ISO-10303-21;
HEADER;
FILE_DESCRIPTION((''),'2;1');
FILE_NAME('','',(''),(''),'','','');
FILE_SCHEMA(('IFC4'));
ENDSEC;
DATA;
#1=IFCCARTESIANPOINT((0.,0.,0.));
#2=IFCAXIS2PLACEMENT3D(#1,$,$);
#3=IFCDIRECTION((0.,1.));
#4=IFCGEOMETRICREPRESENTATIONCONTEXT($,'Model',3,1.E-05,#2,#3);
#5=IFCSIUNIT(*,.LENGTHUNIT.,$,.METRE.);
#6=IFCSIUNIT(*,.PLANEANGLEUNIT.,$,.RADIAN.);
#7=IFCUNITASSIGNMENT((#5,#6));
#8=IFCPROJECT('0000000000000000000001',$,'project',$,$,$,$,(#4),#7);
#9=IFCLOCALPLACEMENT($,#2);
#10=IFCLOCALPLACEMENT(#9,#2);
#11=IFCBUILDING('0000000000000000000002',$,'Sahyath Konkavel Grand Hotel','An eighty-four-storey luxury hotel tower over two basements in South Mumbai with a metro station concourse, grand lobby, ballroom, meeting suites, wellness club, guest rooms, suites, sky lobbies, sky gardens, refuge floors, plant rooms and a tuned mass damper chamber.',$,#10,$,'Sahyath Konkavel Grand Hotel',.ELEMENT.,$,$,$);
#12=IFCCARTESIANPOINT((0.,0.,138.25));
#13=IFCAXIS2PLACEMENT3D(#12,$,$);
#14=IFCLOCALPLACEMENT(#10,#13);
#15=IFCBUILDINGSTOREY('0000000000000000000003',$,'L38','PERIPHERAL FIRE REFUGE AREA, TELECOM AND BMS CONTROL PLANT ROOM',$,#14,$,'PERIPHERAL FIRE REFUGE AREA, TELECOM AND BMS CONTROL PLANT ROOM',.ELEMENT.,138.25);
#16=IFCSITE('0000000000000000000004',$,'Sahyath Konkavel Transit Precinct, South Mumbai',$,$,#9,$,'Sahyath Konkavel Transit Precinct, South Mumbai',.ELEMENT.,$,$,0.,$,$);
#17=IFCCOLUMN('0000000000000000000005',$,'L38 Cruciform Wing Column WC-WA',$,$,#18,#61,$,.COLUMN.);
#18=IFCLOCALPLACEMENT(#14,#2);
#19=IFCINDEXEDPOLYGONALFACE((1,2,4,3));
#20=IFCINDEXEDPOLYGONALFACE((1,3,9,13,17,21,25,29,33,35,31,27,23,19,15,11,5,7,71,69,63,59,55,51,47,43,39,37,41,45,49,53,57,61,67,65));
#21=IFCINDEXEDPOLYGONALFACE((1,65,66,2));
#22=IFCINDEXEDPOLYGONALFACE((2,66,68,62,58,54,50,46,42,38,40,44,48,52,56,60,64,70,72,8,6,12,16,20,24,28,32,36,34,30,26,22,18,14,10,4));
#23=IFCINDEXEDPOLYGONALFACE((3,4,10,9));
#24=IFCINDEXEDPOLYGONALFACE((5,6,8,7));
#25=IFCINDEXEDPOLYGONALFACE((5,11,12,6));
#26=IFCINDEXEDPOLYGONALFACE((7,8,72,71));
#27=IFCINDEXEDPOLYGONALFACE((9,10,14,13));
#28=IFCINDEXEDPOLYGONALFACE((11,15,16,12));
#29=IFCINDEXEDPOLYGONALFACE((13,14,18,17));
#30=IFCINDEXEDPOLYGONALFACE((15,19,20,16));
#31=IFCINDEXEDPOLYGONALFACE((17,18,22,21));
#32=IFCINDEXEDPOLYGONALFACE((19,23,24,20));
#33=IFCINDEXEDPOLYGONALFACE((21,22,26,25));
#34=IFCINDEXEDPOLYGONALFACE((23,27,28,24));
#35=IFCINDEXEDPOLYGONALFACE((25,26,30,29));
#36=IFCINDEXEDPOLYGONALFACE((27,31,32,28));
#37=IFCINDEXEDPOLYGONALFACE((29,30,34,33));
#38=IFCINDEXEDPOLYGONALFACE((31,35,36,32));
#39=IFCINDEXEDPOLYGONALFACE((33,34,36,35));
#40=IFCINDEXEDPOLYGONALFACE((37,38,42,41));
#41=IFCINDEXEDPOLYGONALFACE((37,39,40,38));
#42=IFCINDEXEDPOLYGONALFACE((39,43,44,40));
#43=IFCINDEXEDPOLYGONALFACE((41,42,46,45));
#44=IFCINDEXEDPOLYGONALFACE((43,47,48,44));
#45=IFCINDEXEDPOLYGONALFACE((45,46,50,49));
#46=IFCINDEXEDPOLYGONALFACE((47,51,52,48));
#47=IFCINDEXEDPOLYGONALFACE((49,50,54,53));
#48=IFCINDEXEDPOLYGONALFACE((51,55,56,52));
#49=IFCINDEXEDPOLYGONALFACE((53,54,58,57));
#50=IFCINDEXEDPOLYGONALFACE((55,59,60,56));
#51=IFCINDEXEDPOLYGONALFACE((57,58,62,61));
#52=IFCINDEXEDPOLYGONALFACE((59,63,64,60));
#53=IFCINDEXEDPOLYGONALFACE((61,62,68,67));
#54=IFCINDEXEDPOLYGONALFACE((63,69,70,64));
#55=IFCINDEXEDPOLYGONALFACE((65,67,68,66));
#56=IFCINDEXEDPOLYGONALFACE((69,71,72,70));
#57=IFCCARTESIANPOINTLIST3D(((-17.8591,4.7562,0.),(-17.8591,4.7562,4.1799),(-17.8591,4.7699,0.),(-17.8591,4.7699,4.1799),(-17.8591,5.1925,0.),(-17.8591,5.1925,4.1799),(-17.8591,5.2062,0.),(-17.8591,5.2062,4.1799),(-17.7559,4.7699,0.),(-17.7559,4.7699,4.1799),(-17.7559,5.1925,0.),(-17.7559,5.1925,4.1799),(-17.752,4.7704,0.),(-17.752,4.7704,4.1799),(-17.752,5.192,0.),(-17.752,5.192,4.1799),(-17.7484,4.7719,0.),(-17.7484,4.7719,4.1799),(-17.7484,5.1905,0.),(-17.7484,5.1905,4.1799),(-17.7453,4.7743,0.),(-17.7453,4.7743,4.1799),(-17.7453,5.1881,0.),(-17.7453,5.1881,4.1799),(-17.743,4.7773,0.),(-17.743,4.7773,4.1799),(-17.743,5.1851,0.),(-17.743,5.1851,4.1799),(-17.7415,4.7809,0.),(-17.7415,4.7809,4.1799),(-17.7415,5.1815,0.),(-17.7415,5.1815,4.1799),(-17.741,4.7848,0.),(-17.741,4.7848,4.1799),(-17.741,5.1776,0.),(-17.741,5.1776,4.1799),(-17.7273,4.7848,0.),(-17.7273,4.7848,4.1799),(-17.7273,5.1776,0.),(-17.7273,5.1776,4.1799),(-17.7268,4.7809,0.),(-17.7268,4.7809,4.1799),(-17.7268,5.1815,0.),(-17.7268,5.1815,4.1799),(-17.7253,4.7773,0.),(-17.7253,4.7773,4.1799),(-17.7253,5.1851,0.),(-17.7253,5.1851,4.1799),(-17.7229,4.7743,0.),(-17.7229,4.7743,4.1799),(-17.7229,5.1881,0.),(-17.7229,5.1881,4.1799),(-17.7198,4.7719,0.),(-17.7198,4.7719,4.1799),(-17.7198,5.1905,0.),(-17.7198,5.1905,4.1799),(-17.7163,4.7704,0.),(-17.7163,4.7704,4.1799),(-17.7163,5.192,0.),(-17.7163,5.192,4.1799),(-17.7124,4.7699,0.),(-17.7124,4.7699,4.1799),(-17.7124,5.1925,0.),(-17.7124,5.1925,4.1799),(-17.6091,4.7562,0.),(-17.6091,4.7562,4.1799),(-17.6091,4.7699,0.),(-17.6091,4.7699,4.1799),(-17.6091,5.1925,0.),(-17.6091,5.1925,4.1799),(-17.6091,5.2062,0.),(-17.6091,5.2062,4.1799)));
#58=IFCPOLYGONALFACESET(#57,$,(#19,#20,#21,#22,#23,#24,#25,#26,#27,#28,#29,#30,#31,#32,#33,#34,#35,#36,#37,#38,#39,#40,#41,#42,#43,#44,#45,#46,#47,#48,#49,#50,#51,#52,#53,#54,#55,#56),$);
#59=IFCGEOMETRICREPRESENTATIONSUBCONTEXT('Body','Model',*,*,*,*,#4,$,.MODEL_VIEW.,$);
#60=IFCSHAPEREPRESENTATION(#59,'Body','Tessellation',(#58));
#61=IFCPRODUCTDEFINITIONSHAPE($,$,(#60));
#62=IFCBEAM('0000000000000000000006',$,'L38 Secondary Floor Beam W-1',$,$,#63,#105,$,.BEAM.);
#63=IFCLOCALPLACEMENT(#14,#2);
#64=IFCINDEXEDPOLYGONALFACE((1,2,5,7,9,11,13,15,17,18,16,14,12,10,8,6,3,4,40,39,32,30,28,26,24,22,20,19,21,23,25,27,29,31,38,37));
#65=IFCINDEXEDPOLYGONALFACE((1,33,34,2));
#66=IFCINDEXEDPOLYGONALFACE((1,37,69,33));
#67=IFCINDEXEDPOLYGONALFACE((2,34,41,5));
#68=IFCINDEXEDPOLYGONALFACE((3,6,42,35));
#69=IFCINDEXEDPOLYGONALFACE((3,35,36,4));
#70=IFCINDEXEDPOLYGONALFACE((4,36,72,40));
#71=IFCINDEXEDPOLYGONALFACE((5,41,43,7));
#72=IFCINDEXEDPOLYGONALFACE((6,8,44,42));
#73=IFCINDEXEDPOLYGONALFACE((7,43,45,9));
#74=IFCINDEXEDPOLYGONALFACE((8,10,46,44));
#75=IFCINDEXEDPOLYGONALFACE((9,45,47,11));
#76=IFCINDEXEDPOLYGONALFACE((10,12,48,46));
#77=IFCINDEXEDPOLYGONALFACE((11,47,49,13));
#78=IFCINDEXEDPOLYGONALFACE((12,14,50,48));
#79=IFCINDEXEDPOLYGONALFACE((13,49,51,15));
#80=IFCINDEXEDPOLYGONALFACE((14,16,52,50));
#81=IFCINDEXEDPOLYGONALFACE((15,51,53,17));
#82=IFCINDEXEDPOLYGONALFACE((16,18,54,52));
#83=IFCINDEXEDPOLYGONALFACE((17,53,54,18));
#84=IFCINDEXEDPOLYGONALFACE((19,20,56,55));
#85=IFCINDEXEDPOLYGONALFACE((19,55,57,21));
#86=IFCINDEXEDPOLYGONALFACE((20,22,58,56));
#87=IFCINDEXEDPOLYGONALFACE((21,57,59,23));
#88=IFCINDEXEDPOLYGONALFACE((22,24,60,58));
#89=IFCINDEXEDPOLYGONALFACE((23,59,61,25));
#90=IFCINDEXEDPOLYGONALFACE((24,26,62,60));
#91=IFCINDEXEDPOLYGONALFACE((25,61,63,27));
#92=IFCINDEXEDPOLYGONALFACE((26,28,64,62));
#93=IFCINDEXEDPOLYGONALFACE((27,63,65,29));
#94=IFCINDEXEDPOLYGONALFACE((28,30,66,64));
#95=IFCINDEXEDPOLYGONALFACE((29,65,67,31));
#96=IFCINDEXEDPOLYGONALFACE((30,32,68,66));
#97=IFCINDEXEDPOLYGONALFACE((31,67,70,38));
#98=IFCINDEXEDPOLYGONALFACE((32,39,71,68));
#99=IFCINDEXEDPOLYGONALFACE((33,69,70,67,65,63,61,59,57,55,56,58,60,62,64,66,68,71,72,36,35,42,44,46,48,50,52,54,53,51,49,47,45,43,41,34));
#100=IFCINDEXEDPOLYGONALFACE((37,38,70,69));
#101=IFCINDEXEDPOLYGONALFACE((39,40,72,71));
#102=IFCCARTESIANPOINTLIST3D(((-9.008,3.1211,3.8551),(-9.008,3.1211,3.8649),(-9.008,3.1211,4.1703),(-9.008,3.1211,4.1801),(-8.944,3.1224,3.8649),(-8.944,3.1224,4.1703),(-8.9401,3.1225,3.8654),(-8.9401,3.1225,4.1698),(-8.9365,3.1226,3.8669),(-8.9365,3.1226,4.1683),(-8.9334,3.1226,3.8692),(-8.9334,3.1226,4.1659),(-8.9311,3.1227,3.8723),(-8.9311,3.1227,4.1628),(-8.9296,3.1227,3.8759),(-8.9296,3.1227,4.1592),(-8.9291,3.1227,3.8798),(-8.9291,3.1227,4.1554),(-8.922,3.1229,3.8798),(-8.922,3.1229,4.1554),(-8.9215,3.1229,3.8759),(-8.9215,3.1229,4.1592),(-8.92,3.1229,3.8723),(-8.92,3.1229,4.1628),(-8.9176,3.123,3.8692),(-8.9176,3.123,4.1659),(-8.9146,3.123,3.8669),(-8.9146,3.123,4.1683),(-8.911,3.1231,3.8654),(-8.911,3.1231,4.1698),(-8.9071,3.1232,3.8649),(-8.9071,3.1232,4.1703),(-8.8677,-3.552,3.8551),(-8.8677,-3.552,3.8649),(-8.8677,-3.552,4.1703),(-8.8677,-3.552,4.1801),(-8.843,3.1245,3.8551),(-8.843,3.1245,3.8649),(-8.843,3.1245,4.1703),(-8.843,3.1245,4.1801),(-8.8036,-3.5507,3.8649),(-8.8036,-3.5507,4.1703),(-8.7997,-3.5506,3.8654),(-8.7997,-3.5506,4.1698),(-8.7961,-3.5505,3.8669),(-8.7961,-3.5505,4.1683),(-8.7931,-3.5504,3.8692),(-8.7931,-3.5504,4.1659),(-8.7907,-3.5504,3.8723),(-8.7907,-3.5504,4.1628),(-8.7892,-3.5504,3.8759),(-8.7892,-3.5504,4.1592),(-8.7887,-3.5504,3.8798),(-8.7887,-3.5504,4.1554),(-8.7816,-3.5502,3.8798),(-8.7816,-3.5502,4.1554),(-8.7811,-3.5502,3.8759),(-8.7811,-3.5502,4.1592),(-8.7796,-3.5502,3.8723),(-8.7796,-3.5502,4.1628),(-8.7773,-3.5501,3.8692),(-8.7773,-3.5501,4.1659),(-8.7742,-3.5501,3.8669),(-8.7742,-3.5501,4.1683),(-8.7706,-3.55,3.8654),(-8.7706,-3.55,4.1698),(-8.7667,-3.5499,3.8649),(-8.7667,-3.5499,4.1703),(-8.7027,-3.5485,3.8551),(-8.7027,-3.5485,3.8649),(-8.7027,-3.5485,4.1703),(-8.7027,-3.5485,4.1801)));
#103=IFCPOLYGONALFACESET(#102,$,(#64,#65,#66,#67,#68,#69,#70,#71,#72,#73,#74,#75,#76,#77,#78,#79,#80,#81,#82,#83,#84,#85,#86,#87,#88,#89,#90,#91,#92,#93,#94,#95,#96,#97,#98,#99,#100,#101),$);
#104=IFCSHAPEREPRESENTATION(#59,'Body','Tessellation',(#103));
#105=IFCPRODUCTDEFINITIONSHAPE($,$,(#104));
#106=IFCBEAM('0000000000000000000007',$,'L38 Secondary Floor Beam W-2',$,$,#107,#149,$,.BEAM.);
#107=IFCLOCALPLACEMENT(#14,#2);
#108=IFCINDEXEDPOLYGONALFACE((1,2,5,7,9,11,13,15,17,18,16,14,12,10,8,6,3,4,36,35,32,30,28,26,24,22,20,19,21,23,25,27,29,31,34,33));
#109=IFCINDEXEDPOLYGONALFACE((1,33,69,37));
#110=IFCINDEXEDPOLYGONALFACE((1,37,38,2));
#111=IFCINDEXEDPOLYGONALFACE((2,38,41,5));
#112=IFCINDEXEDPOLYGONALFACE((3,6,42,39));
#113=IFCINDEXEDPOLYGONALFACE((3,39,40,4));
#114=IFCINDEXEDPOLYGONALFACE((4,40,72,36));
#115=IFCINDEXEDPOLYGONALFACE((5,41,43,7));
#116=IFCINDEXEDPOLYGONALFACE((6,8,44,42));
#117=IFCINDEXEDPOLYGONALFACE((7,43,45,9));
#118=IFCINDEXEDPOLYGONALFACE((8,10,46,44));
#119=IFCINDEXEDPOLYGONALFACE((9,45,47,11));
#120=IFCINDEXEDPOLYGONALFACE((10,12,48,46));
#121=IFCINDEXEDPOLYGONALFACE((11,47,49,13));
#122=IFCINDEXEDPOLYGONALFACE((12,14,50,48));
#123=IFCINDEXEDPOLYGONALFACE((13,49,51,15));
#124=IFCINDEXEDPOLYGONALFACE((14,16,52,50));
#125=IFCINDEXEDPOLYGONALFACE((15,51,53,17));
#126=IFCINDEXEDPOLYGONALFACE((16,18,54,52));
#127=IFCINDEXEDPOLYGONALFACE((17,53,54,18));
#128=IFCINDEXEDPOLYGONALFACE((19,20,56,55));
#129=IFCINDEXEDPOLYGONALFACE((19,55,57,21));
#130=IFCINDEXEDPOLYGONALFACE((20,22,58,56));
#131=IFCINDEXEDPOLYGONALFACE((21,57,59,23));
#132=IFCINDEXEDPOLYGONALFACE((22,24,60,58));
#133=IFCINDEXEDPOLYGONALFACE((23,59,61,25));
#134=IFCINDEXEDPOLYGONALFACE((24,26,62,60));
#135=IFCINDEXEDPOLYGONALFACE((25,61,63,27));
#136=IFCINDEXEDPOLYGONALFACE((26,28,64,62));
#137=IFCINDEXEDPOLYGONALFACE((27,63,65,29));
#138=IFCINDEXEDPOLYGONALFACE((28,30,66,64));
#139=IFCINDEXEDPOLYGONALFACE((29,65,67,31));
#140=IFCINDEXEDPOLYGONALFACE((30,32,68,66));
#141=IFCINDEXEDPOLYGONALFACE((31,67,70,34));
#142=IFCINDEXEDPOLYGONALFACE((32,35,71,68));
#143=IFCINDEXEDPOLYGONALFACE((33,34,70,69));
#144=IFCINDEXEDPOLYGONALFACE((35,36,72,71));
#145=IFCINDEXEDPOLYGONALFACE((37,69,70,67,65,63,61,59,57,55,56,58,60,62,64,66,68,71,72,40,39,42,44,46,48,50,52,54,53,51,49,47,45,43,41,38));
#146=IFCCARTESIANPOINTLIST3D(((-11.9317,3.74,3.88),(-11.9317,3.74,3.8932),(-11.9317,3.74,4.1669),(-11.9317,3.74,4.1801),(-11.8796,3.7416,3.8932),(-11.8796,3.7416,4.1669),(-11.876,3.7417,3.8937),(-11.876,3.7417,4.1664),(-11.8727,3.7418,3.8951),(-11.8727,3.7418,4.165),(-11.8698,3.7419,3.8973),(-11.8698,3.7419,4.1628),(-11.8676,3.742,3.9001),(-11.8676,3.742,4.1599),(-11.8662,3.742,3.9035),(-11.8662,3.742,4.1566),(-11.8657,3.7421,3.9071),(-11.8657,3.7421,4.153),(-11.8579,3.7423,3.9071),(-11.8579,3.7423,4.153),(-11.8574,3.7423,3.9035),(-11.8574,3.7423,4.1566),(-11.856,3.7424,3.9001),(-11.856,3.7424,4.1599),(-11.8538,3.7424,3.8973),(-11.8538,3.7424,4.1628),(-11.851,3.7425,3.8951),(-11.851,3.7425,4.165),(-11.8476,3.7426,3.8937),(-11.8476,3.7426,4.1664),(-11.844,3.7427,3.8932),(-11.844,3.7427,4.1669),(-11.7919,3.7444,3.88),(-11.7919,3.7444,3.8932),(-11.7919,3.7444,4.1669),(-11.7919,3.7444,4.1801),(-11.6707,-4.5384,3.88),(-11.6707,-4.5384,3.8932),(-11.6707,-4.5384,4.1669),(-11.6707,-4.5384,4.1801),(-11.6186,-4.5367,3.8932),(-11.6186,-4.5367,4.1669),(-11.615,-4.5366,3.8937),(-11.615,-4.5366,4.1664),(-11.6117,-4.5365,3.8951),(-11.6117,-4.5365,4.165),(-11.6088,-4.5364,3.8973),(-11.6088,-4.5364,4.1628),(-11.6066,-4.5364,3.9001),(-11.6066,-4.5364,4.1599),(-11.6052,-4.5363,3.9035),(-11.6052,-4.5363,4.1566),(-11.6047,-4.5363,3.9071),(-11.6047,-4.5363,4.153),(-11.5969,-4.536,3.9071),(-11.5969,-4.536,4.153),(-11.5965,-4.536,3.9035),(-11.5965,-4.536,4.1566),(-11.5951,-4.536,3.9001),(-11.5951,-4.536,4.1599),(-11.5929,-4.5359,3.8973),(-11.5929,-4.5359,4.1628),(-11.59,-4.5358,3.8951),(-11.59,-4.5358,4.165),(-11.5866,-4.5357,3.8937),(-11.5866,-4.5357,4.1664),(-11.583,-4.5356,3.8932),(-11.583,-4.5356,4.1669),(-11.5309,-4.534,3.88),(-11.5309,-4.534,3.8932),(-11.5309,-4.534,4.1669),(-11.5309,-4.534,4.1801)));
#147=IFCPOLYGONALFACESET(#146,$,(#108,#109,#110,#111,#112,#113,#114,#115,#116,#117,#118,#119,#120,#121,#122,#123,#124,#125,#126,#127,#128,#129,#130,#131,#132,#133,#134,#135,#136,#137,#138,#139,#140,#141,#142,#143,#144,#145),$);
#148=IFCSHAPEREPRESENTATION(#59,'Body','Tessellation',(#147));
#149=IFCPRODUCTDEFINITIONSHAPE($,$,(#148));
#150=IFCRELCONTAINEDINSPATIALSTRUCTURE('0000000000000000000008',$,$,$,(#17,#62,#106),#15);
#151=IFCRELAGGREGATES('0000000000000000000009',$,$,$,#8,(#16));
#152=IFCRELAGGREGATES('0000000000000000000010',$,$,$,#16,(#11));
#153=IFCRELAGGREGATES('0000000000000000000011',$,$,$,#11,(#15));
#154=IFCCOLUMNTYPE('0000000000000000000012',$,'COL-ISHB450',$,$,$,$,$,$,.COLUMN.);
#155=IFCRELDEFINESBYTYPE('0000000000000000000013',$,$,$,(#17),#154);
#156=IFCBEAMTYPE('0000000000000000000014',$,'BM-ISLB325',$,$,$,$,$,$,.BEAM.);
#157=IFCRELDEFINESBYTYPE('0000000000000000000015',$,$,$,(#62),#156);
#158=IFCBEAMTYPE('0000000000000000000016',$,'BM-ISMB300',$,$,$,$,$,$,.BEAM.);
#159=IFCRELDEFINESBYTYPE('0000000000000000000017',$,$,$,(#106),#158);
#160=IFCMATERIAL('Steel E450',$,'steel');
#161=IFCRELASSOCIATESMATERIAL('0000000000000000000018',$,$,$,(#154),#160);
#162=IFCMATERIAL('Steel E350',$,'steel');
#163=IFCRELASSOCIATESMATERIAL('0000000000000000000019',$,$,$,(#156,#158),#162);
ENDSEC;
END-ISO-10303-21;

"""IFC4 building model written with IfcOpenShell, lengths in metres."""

from ifc_helpers import new_model, si_unit, direction, frame, origin, origin_2d, place, context, subcontext, project, spatial, i_section, extrude, source, transform, mapped, material, material_profile, profile_set, type_object, element, save


model = new_model("IFC4")

# Units and contexts
model_context = context("Model", 3, precision=1e-05, world=origin(), true_north=direction((0.0, 1.0)))
body_context = subcontext(model_context, "Body", "Model", "MODEL_VIEW")
ifc_project = project(units=[si_unit("LENGTHUNIT", "METRE"), si_unit("PLANEANGLEUNIT", "RADIAN")], contexts=[model_context])

# Site, building, storey
site_placement = place(None, origin())
site = spatial("IfcSite", under=ifc_project, at=site_placement, Name="Sahyath Konkavel Transit Precinct, South Mumbai", LongName="Sahyath Konkavel Transit Precinct, South Mumbai", CompositionType="ELEMENT", RefElevation=0.0)
building_placement = place(site_placement, origin())
building = spatial("IfcBuilding", under=site, at=building_placement, Name="Sahyath Konkavel Grand Hotel", Description="An eighty-four-storey luxury hotel tower over two basements in South Mumbai with a metro station concourse, grand lobby, ballroom, meeting suites, wellness club, guest rooms, suites, sky lobbies, sky gardens, refuge floors, plant rooms and a tuned mass damper chamber.", LongName="Sahyath Konkavel Grand Hotel", CompositionType="ELEMENT")
storey_placement = place(building_placement, frame((0.0, 0.0, 138.25)))
storey = spatial("IfcBuildingStorey", under=building, at=storey_placement, Name="L38", Description="PERIPHERAL FIRE REFUGE AREA, TELECOM AND BMS CONTROL PLANT ROOM", LongName="PERIPHERAL FIRE REFUGE AREA, TELECOM AND BMS CONTROL PLANT ROOM", CompositionType="ELEMENT", Elevation=138.25)

# Column
ifc_material_1 = material(Name="Steel E450", Category="steel")
ifc_material_profile_1 = material_profile(ifc_material_1, i_section(OverallWidth=0.25, OverallDepth=0.45, WebThickness=0.0137, FlangeThickness=0.0137, FilletRadius=0.0149, at=origin_2d()), Name="ISHB 450")
ifc_profile_set_1 = profile_set([ifc_material_profile_1], Name="Steel E450")
column_type = type_object("IfcColumnType", Name="COL-ISHB450", PredefinedType="COLUMN", material=ifc_profile_set_1)
shared_shape_1 = source(origin(), body_context, "Body", "SweptSolid", [
    extrude(i_section(OverallWidth=0.25, OverallDepth=0.45, WebThickness=0.0137, FlangeThickness=0.0137, FilletRadius=0.0149, at=origin_2d()), origin(), (0.0, 0.0, 1.0), 4.1799),
])
column_placement = place(storey_placement, frame((-17.7341, 4.9812, 0.0), z_axis=(0.0, 0.0, 1.0), x_axis=(1.0, 0.0, 0.0)))
element("IfcColumn", 1, at=column_placement, inside=storey, type_object=column_type, Name="L38 Cruciform Wing Column WC-WA", PredefinedType="COLUMN", context=body_context, shape_type="MappedRepresentation", body=[
    mapped(shared_shape_1, transform((0.0, 0.0, 0.0), scale=1.0)),
])

# Beams
ifc_material_2 = material(Name="Steel E350", Category="steel")
ifc_material_profile_2 = material_profile(ifc_material_2, i_section(OverallWidth=0.165, OverallDepth=0.325, WebThickness=0.0071, FlangeThickness=0.0098, FilletRadius=0.0149, at=origin_2d()), Name="ISLB 325")
ifc_profile_set_2 = profile_set([ifc_material_profile_2], Name="Steel E350")
beam_type_1 = type_object("IfcBeamType", Name="BM-ISLB325", PredefinedType="BEAM", material=ifc_profile_set_2)
shared_shape_2 = source(origin(), body_context, "Body", "SweptSolid", [
    extrude(i_section(OverallWidth=0.165, OverallDepth=0.325, WebThickness=0.0071, FlangeThickness=0.0098, FilletRadius=0.0149, at=origin_2d()), origin(), (0.0, 0.0, 1.0), 6.6746),
])
beam_1_placement = place(storey_placement, frame((-8.9255, 3.1228, 4.0176), z_axis=(0.021032, -0.999779, 0.0), x_axis=(0.999779, 0.021032, 0.0)))
element("IfcBeam", 2, at=beam_1_placement, inside=storey, type_object=beam_type_1, Name="L38 Secondary Floor Beam W-1", PredefinedType="BEAM", context=body_context, shape_type="MappedRepresentation", body=[
    mapped(shared_shape_2, transform((0.0, 0.0, 0.0), scale=1.0)),
])
ifc_material_profile_3 = material_profile(ifc_material_2, i_section(OverallWidth=0.1399, OverallDepth=0.3, WebThickness=0.0078, FlangeThickness=0.0132, FilletRadius=0.0139, at=origin_2d()), Name="ISMB 300")
ifc_profile_set_3 = profile_set([ifc_material_profile_3], Name="Steel E350")
beam_type_2 = type_object("IfcBeamType", Name="BM-ISMB300", PredefinedType="BEAM", material=ifc_profile_set_3)
shared_shape_3 = source(origin(), body_context, "Body", "SweptSolid", [
    extrude(i_section(OverallWidth=0.1399, OverallDepth=0.3, WebThickness=0.0078, FlangeThickness=0.0132, FilletRadius=0.0139, at=origin_2d()), origin(), (0.0, 0.0, 1.0), 8.2825),
])
beam_2_placement = place(storey_placement, frame((-11.8618, 3.7422, 4.03), z_axis=(0.031511, -0.999503, 0.0), x_axis=(0.999503, 0.031511, 0.0)))
element("IfcBeam", 3, at=beam_2_placement, inside=storey, type_object=beam_type_2, Name="L38 Secondary Floor Beam W-2", PredefinedType="BEAM", context=body_context, shape_type="MappedRepresentation", body=[
    mapped(shared_shape_3, transform((0.0, 0.0, 0.0), scale=1.0)),
])

save(model, "model.ifc")
